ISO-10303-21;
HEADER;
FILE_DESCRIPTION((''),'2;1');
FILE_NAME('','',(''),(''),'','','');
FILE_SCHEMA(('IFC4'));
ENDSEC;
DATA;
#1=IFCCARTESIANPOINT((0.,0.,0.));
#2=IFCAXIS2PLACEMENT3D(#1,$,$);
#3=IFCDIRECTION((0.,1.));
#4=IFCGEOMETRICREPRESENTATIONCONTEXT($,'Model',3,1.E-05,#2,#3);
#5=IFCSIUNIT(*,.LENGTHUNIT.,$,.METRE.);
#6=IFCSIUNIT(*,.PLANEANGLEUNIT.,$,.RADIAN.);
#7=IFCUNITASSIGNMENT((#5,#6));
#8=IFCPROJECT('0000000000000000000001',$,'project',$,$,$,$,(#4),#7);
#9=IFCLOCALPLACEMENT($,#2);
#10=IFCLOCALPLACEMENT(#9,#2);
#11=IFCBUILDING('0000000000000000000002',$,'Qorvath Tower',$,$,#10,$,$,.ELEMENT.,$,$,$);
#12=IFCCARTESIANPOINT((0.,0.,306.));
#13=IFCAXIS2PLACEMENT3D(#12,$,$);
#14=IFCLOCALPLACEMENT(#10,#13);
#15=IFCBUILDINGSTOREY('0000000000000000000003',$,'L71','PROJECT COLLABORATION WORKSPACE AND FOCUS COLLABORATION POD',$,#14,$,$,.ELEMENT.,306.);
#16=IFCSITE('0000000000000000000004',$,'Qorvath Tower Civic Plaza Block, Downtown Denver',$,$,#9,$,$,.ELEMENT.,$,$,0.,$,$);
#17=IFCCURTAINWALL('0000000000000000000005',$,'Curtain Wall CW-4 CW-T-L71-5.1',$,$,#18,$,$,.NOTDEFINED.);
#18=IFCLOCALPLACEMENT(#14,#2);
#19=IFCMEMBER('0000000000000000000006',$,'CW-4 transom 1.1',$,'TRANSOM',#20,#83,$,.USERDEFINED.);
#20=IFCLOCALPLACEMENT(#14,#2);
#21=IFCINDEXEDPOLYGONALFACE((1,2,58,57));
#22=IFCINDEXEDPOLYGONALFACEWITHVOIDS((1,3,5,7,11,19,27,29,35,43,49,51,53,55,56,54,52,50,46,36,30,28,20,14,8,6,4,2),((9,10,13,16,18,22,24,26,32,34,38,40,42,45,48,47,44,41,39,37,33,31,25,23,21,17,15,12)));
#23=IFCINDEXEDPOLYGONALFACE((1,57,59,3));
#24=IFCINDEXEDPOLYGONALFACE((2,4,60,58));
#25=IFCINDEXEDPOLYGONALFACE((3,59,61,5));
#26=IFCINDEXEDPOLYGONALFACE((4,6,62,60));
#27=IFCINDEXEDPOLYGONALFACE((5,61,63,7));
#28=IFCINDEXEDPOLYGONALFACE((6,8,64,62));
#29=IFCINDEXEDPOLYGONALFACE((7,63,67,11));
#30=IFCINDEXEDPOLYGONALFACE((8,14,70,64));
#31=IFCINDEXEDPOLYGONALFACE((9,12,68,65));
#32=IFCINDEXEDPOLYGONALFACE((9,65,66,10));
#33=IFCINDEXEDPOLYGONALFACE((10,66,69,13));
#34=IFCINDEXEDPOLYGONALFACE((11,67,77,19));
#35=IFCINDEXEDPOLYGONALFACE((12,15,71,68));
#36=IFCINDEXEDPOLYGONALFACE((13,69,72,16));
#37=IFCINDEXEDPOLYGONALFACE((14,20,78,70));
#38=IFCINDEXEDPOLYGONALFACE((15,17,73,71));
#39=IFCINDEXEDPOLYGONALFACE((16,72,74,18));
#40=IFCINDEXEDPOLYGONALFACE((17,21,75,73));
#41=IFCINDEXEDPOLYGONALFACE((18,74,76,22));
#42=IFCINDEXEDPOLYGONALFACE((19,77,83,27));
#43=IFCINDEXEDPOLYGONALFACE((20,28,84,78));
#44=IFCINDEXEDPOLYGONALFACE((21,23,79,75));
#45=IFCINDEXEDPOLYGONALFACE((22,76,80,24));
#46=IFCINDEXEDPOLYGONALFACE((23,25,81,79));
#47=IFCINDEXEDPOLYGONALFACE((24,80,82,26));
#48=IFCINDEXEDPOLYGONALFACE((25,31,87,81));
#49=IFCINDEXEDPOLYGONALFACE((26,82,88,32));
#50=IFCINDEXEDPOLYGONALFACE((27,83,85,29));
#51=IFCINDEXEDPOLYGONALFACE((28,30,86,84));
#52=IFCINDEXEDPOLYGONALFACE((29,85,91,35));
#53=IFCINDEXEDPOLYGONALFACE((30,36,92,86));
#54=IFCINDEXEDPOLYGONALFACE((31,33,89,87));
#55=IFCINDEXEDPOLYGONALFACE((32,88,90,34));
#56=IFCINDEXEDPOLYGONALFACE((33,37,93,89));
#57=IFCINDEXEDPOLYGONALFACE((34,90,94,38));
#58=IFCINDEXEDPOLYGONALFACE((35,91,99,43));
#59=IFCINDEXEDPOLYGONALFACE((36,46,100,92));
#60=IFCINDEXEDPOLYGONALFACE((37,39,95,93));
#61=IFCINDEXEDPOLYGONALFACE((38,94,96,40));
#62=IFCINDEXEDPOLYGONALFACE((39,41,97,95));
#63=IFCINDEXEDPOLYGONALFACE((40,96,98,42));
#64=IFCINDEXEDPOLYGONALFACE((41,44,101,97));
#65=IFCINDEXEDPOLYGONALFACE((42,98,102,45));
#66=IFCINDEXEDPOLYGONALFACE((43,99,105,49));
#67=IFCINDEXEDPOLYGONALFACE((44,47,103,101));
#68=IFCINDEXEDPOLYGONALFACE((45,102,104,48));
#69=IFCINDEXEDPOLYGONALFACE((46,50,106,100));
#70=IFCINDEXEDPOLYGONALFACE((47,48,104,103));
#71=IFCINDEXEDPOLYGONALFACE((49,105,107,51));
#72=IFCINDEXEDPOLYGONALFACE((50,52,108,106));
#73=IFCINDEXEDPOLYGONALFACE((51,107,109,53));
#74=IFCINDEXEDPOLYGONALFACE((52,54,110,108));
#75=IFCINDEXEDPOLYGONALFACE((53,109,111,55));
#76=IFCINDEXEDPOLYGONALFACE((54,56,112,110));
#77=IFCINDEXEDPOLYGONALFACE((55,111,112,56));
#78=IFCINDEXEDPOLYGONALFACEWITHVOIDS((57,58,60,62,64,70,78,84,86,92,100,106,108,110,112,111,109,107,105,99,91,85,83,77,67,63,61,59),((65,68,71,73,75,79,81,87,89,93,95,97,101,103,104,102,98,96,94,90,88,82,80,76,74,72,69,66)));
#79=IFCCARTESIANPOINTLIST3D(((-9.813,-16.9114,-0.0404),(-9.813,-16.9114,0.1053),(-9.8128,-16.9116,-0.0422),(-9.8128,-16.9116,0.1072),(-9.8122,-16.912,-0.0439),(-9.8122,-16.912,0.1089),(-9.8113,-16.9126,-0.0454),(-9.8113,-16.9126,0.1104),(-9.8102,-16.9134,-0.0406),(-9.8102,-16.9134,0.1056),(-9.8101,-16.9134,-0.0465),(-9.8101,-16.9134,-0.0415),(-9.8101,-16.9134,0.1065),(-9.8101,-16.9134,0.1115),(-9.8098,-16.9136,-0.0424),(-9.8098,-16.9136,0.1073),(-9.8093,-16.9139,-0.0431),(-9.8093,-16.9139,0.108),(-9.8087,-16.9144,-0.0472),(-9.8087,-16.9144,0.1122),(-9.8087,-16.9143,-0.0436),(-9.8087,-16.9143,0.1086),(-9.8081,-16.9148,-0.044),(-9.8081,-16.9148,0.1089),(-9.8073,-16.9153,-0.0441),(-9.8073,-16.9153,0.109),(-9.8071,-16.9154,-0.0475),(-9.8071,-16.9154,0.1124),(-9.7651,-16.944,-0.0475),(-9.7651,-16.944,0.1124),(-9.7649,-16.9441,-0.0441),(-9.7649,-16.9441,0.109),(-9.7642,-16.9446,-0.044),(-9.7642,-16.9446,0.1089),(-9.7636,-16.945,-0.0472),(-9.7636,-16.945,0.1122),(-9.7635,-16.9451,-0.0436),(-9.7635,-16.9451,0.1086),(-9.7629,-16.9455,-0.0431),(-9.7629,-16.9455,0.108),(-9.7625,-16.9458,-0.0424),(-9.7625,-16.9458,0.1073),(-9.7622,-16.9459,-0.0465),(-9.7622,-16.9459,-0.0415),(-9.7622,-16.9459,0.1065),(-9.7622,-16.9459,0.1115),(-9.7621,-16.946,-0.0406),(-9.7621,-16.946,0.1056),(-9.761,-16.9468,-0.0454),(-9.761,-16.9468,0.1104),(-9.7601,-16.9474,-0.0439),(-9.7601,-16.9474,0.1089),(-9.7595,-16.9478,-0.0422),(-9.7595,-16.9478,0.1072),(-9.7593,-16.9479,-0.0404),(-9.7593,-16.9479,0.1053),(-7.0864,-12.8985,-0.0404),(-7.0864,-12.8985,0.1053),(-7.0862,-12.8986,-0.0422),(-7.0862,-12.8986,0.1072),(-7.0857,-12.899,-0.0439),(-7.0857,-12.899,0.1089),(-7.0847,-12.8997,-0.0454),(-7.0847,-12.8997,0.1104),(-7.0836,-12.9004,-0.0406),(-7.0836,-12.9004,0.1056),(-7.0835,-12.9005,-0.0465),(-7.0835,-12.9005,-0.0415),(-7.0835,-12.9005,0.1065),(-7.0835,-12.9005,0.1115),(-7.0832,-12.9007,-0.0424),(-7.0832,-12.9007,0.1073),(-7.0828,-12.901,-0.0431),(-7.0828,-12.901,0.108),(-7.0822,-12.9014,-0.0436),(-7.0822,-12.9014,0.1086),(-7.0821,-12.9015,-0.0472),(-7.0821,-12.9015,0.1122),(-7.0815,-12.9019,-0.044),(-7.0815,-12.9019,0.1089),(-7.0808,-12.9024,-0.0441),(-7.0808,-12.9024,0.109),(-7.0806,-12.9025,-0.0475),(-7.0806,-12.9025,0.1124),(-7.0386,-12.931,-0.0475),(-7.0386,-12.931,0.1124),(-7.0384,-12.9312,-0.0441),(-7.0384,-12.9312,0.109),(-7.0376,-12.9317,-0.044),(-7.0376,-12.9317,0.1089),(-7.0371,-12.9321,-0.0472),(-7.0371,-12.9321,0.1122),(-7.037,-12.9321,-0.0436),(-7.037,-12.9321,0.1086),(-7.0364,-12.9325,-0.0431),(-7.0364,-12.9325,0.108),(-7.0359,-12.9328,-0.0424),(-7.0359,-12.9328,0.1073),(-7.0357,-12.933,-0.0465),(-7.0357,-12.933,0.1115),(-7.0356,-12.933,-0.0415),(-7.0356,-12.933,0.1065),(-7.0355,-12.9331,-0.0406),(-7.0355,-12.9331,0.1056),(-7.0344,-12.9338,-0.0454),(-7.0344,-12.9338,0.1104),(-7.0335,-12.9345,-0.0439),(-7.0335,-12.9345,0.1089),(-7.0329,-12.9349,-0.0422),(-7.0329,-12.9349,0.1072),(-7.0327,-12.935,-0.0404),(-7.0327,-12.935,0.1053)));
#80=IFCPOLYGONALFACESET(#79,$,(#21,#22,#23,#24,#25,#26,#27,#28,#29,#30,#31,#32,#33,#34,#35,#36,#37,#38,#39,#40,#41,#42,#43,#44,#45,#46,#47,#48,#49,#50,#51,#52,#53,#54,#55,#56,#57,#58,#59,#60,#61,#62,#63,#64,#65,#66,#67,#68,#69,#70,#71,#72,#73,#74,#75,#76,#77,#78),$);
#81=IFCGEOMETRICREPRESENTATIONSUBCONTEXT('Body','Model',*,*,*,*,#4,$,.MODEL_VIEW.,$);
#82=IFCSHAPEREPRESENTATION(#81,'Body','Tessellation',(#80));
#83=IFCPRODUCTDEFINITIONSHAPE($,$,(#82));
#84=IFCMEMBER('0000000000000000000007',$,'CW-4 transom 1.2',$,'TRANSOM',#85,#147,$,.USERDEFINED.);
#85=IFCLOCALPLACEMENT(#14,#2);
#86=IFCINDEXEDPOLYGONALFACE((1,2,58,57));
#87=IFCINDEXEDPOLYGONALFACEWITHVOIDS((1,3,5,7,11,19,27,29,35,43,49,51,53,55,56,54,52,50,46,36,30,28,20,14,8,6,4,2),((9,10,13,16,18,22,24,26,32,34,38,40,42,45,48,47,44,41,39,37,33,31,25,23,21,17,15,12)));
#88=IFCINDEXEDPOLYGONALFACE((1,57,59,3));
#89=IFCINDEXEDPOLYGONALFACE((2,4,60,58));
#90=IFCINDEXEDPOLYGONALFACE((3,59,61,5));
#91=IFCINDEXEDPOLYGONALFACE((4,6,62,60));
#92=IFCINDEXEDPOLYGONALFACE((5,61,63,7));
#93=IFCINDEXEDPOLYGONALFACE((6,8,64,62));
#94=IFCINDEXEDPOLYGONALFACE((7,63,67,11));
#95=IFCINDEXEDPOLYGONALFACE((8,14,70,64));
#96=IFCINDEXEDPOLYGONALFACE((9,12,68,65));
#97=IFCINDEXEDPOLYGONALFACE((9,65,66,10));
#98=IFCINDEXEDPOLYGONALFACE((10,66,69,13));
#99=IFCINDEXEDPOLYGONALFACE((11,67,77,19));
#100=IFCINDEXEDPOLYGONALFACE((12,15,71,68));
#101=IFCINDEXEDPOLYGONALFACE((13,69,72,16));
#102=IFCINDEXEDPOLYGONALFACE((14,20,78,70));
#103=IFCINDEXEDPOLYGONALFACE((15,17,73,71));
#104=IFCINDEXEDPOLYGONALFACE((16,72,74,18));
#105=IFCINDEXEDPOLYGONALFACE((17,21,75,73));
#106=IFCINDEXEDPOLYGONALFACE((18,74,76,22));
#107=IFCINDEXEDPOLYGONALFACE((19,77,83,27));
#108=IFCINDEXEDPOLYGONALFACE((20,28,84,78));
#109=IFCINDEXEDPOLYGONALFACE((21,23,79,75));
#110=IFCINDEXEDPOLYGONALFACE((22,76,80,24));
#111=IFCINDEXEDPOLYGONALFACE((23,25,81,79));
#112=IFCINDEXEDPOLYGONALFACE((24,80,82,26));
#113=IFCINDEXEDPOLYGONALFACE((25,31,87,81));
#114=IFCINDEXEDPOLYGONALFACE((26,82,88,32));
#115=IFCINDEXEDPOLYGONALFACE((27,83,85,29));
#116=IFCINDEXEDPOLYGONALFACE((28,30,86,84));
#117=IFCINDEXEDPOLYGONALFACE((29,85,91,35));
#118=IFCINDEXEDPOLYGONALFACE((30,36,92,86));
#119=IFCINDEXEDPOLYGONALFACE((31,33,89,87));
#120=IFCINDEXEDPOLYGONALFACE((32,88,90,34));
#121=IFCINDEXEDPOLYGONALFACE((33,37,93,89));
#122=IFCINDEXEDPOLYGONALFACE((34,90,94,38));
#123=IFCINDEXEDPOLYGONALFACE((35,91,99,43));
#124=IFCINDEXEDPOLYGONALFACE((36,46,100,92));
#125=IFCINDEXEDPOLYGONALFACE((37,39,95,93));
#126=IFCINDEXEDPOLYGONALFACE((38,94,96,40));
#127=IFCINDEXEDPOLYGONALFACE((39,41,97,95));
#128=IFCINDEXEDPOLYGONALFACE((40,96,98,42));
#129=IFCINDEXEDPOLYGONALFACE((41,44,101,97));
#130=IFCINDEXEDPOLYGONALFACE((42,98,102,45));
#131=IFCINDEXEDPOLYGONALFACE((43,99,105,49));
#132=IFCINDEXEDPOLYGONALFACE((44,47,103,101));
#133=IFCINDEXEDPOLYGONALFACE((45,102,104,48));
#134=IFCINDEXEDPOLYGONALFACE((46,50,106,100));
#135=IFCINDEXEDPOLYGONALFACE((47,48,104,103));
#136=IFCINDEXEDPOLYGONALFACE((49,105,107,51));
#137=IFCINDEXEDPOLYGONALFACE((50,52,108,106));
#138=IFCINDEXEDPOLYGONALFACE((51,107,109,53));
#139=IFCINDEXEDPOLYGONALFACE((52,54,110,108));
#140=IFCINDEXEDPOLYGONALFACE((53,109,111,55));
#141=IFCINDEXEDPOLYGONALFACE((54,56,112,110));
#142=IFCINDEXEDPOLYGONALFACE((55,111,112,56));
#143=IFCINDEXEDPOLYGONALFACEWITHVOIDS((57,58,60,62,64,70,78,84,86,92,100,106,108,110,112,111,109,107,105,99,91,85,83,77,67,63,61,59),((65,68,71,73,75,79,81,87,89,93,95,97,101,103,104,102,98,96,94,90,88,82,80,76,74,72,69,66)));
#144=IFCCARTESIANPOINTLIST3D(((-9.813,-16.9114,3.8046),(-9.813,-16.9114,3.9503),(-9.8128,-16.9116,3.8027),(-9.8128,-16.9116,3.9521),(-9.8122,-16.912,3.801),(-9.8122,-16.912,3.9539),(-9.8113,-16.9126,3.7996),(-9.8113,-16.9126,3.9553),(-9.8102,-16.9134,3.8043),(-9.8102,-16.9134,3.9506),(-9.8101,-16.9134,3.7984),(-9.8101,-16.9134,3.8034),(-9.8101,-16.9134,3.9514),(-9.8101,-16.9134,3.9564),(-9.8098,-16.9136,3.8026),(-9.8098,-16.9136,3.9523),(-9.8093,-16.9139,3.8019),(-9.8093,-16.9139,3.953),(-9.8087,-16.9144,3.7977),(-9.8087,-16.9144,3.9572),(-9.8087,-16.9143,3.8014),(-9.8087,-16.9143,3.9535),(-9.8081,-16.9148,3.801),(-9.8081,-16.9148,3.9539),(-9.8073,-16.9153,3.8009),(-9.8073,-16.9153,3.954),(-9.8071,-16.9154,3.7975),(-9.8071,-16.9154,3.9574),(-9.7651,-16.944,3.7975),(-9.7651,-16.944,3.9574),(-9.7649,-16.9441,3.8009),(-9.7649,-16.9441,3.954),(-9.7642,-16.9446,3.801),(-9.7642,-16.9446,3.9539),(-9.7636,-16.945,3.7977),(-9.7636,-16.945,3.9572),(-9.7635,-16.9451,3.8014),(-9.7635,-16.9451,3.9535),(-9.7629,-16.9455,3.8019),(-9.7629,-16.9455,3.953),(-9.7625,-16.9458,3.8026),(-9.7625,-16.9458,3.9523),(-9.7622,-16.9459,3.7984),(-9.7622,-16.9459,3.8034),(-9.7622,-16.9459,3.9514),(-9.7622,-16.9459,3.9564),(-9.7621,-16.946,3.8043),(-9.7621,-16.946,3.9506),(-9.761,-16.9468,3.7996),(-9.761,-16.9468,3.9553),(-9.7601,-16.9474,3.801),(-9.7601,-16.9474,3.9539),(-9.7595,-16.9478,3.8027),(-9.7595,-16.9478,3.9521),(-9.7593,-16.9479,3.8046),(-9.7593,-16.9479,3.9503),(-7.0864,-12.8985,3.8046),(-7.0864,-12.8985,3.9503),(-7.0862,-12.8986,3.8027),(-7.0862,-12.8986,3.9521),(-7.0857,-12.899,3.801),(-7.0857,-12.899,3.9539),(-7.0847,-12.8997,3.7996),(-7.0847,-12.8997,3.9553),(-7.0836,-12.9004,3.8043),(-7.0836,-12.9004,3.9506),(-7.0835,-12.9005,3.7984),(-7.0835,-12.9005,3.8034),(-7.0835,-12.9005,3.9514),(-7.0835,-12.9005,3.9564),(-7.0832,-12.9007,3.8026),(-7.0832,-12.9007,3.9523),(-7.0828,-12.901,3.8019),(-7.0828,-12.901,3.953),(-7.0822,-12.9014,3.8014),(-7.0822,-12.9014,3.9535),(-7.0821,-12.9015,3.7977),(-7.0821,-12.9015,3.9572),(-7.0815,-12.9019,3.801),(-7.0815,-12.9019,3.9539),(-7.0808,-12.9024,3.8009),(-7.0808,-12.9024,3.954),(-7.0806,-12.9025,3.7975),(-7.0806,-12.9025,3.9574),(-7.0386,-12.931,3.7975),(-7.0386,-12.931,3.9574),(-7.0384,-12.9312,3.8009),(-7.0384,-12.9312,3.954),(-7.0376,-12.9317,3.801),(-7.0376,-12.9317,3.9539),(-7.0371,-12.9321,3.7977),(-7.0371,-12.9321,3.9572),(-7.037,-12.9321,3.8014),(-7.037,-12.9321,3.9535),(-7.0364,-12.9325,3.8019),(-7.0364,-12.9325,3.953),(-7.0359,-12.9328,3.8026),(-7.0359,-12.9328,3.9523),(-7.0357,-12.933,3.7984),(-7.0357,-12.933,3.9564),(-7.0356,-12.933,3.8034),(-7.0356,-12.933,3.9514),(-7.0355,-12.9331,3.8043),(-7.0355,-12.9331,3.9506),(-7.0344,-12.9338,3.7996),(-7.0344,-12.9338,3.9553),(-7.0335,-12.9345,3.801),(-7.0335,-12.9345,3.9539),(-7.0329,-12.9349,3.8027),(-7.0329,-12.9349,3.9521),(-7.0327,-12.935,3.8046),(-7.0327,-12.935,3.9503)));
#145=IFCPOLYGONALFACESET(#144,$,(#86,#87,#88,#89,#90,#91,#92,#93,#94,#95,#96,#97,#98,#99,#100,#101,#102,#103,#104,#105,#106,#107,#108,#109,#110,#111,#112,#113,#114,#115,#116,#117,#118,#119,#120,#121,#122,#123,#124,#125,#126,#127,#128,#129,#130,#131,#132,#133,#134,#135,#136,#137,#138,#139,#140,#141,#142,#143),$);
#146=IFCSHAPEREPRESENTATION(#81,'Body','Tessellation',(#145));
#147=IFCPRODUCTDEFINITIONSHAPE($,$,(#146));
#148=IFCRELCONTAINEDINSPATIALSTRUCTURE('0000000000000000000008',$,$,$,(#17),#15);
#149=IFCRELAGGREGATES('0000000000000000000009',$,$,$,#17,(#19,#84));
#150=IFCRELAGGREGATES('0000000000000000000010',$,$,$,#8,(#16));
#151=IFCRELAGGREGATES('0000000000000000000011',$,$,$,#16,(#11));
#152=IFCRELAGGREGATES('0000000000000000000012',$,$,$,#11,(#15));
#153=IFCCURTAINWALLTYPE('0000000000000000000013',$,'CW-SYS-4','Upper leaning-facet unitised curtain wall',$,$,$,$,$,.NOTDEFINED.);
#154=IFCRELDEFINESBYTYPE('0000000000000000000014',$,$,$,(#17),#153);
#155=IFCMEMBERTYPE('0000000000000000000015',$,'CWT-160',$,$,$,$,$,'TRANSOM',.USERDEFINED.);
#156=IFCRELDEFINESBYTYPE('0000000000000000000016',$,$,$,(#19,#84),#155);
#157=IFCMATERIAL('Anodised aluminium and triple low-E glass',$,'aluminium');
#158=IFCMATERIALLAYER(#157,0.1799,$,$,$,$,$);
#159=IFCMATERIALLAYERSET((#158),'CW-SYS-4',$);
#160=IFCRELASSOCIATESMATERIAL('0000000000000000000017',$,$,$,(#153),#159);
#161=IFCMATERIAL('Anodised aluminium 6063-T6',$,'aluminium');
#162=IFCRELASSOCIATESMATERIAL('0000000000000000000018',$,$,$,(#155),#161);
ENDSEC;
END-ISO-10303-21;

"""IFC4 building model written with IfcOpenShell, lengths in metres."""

from ifc_helpers import new_model, si_unit, direction, frame, origin, origin_2d, place, context, subcontext, project, spatial, hollow_rectangle, extrude, material, layer, layer_set, material_profile, profile_set, type_object, element, aggregate, save


model = new_model("IFC4")

# Units and contexts
model_context = context("Model", 3, precision=1e-05, world=origin(), true_north=direction((0.0, 1.0)))
body_context = subcontext(model_context, "Body", "Model", "MODEL_VIEW")
ifc_project = project(units=[si_unit("LENGTHUNIT", "METRE"), si_unit("PLANEANGLEUNIT", "RADIAN")], contexts=[model_context])

# Site, building, storey
site_placement = place(None, origin())
site = spatial("IfcSite", under=ifc_project, at=site_placement, Name="Qorvath Tower Civic Plaza Block, Downtown Denver", CompositionType="ELEMENT", RefElevation=0.0)
building_placement = place(site_placement, origin())
building = spatial("IfcBuilding", under=site, at=building_placement, Name="Qorvath Tower", CompositionType="ELEMENT")
storey_placement = place(building_placement, frame((0.0, 0.0, 306.0)))
storey = spatial("IfcBuildingStorey", under=building, at=storey_placement, Name="L71", Description="PROJECT COLLABORATION WORKSPACE AND FOCUS COLLABORATION POD", CompositionType="ELEMENT", Elevation=306.0)

# Shared definitions
ifc_material_1 = material(Name="Anodised aluminium and triple low-E glass", Category="aluminium")
ifc_layer_1 = layer(ifc_material_1, 0.1799)
ifc_layer_set_1 = layer_set([ifc_layer_1], Name="CW-SYS-4")
curtain_wall_type = type_object("IfcCurtainWallType", Name="CW-SYS-4", Description="Upper leaning-facet unitised curtain wall", PredefinedType="NOTDEFINED", material=ifc_layer_set_1)

# Curtain wall
curtain_wall_1_placement = place(storey_placement, origin())
curtain_wall_1 = element("IfcCurtainWall", 1, at=curtain_wall_1_placement, inside=storey, type_object=curtain_wall_type, Name="Curtain Wall CW-4 CW-T-L71-5.1", PredefinedType="NOTDEFINED")

# Members
ifc_material_2 = material(Name="Anodised aluminium 6063-T6", Category="aluminium")
ifc_material_profile_1 = material_profile(ifc_material_2, hollow_rectangle(XDim=0.0649, YDim=0.1599, WallThickness=0.0034, InnerFilletRadius=0.0034, OuterFilletRadius=0.0071, at=origin_2d()), Name="CWT 160x65")
ifc_profile_set_1 = profile_set([ifc_material_profile_1], Name="Anodised aluminium 6063-T6")
member_type_1 = type_object("IfcMemberType", Name="CWT-160", ElementType="TRANSOM", PredefinedType="USERDEFINED", material=ifc_profile_set_1)
member_1_placement = place(storey_placement, frame((-9.7861, -16.9297, 0.0325), z_axis=(0.561995, 0.827141, 0.0), x_axis=(-0.827141, 0.561995, 0.0)))
member_1 = element("IfcMember", 2, at=member_1_placement, type_object=member_type_1, Name="CW-4 transom 1.1", ObjectType="TRANSOM", PredefinedType="USERDEFINED", context=body_context, shape_type="SweptSolid", body=[
    extrude(hollow_rectangle(XDim=0.0649, YDim=0.1599, WallThickness=0.0034, InnerFilletRadius=0.0034, OuterFilletRadius=0.0071, at=origin_2d()), origin(), (0.0, 0.0, 1.0), 4.8516),
])
member_2_placement = place(storey_placement, frame((-9.7861, -16.9297, 3.8774), z_axis=(0.561995, 0.827141, 0.0), x_axis=(-0.827141, 0.561995, 0.0)))
member_2 = element("IfcMember", 3, at=member_2_placement, type_object=member_type_1, Name="CW-4 transom 1.2", ObjectType="TRANSOM", PredefinedType="USERDEFINED", context=body_context, shape_type="SweptSolid", body=[
    extrude(hollow_rectangle(XDim=0.0649, YDim=0.1599, WallThickness=0.0034, InnerFilletRadius=0.0034, OuterFilletRadius=0.0071, at=origin_2d()), origin(), (0.0, 0.0, 1.0), 4.8516),
])

aggregate(curtain_wall_1, [member_1, member_2])

save(model, "model.ifc")
